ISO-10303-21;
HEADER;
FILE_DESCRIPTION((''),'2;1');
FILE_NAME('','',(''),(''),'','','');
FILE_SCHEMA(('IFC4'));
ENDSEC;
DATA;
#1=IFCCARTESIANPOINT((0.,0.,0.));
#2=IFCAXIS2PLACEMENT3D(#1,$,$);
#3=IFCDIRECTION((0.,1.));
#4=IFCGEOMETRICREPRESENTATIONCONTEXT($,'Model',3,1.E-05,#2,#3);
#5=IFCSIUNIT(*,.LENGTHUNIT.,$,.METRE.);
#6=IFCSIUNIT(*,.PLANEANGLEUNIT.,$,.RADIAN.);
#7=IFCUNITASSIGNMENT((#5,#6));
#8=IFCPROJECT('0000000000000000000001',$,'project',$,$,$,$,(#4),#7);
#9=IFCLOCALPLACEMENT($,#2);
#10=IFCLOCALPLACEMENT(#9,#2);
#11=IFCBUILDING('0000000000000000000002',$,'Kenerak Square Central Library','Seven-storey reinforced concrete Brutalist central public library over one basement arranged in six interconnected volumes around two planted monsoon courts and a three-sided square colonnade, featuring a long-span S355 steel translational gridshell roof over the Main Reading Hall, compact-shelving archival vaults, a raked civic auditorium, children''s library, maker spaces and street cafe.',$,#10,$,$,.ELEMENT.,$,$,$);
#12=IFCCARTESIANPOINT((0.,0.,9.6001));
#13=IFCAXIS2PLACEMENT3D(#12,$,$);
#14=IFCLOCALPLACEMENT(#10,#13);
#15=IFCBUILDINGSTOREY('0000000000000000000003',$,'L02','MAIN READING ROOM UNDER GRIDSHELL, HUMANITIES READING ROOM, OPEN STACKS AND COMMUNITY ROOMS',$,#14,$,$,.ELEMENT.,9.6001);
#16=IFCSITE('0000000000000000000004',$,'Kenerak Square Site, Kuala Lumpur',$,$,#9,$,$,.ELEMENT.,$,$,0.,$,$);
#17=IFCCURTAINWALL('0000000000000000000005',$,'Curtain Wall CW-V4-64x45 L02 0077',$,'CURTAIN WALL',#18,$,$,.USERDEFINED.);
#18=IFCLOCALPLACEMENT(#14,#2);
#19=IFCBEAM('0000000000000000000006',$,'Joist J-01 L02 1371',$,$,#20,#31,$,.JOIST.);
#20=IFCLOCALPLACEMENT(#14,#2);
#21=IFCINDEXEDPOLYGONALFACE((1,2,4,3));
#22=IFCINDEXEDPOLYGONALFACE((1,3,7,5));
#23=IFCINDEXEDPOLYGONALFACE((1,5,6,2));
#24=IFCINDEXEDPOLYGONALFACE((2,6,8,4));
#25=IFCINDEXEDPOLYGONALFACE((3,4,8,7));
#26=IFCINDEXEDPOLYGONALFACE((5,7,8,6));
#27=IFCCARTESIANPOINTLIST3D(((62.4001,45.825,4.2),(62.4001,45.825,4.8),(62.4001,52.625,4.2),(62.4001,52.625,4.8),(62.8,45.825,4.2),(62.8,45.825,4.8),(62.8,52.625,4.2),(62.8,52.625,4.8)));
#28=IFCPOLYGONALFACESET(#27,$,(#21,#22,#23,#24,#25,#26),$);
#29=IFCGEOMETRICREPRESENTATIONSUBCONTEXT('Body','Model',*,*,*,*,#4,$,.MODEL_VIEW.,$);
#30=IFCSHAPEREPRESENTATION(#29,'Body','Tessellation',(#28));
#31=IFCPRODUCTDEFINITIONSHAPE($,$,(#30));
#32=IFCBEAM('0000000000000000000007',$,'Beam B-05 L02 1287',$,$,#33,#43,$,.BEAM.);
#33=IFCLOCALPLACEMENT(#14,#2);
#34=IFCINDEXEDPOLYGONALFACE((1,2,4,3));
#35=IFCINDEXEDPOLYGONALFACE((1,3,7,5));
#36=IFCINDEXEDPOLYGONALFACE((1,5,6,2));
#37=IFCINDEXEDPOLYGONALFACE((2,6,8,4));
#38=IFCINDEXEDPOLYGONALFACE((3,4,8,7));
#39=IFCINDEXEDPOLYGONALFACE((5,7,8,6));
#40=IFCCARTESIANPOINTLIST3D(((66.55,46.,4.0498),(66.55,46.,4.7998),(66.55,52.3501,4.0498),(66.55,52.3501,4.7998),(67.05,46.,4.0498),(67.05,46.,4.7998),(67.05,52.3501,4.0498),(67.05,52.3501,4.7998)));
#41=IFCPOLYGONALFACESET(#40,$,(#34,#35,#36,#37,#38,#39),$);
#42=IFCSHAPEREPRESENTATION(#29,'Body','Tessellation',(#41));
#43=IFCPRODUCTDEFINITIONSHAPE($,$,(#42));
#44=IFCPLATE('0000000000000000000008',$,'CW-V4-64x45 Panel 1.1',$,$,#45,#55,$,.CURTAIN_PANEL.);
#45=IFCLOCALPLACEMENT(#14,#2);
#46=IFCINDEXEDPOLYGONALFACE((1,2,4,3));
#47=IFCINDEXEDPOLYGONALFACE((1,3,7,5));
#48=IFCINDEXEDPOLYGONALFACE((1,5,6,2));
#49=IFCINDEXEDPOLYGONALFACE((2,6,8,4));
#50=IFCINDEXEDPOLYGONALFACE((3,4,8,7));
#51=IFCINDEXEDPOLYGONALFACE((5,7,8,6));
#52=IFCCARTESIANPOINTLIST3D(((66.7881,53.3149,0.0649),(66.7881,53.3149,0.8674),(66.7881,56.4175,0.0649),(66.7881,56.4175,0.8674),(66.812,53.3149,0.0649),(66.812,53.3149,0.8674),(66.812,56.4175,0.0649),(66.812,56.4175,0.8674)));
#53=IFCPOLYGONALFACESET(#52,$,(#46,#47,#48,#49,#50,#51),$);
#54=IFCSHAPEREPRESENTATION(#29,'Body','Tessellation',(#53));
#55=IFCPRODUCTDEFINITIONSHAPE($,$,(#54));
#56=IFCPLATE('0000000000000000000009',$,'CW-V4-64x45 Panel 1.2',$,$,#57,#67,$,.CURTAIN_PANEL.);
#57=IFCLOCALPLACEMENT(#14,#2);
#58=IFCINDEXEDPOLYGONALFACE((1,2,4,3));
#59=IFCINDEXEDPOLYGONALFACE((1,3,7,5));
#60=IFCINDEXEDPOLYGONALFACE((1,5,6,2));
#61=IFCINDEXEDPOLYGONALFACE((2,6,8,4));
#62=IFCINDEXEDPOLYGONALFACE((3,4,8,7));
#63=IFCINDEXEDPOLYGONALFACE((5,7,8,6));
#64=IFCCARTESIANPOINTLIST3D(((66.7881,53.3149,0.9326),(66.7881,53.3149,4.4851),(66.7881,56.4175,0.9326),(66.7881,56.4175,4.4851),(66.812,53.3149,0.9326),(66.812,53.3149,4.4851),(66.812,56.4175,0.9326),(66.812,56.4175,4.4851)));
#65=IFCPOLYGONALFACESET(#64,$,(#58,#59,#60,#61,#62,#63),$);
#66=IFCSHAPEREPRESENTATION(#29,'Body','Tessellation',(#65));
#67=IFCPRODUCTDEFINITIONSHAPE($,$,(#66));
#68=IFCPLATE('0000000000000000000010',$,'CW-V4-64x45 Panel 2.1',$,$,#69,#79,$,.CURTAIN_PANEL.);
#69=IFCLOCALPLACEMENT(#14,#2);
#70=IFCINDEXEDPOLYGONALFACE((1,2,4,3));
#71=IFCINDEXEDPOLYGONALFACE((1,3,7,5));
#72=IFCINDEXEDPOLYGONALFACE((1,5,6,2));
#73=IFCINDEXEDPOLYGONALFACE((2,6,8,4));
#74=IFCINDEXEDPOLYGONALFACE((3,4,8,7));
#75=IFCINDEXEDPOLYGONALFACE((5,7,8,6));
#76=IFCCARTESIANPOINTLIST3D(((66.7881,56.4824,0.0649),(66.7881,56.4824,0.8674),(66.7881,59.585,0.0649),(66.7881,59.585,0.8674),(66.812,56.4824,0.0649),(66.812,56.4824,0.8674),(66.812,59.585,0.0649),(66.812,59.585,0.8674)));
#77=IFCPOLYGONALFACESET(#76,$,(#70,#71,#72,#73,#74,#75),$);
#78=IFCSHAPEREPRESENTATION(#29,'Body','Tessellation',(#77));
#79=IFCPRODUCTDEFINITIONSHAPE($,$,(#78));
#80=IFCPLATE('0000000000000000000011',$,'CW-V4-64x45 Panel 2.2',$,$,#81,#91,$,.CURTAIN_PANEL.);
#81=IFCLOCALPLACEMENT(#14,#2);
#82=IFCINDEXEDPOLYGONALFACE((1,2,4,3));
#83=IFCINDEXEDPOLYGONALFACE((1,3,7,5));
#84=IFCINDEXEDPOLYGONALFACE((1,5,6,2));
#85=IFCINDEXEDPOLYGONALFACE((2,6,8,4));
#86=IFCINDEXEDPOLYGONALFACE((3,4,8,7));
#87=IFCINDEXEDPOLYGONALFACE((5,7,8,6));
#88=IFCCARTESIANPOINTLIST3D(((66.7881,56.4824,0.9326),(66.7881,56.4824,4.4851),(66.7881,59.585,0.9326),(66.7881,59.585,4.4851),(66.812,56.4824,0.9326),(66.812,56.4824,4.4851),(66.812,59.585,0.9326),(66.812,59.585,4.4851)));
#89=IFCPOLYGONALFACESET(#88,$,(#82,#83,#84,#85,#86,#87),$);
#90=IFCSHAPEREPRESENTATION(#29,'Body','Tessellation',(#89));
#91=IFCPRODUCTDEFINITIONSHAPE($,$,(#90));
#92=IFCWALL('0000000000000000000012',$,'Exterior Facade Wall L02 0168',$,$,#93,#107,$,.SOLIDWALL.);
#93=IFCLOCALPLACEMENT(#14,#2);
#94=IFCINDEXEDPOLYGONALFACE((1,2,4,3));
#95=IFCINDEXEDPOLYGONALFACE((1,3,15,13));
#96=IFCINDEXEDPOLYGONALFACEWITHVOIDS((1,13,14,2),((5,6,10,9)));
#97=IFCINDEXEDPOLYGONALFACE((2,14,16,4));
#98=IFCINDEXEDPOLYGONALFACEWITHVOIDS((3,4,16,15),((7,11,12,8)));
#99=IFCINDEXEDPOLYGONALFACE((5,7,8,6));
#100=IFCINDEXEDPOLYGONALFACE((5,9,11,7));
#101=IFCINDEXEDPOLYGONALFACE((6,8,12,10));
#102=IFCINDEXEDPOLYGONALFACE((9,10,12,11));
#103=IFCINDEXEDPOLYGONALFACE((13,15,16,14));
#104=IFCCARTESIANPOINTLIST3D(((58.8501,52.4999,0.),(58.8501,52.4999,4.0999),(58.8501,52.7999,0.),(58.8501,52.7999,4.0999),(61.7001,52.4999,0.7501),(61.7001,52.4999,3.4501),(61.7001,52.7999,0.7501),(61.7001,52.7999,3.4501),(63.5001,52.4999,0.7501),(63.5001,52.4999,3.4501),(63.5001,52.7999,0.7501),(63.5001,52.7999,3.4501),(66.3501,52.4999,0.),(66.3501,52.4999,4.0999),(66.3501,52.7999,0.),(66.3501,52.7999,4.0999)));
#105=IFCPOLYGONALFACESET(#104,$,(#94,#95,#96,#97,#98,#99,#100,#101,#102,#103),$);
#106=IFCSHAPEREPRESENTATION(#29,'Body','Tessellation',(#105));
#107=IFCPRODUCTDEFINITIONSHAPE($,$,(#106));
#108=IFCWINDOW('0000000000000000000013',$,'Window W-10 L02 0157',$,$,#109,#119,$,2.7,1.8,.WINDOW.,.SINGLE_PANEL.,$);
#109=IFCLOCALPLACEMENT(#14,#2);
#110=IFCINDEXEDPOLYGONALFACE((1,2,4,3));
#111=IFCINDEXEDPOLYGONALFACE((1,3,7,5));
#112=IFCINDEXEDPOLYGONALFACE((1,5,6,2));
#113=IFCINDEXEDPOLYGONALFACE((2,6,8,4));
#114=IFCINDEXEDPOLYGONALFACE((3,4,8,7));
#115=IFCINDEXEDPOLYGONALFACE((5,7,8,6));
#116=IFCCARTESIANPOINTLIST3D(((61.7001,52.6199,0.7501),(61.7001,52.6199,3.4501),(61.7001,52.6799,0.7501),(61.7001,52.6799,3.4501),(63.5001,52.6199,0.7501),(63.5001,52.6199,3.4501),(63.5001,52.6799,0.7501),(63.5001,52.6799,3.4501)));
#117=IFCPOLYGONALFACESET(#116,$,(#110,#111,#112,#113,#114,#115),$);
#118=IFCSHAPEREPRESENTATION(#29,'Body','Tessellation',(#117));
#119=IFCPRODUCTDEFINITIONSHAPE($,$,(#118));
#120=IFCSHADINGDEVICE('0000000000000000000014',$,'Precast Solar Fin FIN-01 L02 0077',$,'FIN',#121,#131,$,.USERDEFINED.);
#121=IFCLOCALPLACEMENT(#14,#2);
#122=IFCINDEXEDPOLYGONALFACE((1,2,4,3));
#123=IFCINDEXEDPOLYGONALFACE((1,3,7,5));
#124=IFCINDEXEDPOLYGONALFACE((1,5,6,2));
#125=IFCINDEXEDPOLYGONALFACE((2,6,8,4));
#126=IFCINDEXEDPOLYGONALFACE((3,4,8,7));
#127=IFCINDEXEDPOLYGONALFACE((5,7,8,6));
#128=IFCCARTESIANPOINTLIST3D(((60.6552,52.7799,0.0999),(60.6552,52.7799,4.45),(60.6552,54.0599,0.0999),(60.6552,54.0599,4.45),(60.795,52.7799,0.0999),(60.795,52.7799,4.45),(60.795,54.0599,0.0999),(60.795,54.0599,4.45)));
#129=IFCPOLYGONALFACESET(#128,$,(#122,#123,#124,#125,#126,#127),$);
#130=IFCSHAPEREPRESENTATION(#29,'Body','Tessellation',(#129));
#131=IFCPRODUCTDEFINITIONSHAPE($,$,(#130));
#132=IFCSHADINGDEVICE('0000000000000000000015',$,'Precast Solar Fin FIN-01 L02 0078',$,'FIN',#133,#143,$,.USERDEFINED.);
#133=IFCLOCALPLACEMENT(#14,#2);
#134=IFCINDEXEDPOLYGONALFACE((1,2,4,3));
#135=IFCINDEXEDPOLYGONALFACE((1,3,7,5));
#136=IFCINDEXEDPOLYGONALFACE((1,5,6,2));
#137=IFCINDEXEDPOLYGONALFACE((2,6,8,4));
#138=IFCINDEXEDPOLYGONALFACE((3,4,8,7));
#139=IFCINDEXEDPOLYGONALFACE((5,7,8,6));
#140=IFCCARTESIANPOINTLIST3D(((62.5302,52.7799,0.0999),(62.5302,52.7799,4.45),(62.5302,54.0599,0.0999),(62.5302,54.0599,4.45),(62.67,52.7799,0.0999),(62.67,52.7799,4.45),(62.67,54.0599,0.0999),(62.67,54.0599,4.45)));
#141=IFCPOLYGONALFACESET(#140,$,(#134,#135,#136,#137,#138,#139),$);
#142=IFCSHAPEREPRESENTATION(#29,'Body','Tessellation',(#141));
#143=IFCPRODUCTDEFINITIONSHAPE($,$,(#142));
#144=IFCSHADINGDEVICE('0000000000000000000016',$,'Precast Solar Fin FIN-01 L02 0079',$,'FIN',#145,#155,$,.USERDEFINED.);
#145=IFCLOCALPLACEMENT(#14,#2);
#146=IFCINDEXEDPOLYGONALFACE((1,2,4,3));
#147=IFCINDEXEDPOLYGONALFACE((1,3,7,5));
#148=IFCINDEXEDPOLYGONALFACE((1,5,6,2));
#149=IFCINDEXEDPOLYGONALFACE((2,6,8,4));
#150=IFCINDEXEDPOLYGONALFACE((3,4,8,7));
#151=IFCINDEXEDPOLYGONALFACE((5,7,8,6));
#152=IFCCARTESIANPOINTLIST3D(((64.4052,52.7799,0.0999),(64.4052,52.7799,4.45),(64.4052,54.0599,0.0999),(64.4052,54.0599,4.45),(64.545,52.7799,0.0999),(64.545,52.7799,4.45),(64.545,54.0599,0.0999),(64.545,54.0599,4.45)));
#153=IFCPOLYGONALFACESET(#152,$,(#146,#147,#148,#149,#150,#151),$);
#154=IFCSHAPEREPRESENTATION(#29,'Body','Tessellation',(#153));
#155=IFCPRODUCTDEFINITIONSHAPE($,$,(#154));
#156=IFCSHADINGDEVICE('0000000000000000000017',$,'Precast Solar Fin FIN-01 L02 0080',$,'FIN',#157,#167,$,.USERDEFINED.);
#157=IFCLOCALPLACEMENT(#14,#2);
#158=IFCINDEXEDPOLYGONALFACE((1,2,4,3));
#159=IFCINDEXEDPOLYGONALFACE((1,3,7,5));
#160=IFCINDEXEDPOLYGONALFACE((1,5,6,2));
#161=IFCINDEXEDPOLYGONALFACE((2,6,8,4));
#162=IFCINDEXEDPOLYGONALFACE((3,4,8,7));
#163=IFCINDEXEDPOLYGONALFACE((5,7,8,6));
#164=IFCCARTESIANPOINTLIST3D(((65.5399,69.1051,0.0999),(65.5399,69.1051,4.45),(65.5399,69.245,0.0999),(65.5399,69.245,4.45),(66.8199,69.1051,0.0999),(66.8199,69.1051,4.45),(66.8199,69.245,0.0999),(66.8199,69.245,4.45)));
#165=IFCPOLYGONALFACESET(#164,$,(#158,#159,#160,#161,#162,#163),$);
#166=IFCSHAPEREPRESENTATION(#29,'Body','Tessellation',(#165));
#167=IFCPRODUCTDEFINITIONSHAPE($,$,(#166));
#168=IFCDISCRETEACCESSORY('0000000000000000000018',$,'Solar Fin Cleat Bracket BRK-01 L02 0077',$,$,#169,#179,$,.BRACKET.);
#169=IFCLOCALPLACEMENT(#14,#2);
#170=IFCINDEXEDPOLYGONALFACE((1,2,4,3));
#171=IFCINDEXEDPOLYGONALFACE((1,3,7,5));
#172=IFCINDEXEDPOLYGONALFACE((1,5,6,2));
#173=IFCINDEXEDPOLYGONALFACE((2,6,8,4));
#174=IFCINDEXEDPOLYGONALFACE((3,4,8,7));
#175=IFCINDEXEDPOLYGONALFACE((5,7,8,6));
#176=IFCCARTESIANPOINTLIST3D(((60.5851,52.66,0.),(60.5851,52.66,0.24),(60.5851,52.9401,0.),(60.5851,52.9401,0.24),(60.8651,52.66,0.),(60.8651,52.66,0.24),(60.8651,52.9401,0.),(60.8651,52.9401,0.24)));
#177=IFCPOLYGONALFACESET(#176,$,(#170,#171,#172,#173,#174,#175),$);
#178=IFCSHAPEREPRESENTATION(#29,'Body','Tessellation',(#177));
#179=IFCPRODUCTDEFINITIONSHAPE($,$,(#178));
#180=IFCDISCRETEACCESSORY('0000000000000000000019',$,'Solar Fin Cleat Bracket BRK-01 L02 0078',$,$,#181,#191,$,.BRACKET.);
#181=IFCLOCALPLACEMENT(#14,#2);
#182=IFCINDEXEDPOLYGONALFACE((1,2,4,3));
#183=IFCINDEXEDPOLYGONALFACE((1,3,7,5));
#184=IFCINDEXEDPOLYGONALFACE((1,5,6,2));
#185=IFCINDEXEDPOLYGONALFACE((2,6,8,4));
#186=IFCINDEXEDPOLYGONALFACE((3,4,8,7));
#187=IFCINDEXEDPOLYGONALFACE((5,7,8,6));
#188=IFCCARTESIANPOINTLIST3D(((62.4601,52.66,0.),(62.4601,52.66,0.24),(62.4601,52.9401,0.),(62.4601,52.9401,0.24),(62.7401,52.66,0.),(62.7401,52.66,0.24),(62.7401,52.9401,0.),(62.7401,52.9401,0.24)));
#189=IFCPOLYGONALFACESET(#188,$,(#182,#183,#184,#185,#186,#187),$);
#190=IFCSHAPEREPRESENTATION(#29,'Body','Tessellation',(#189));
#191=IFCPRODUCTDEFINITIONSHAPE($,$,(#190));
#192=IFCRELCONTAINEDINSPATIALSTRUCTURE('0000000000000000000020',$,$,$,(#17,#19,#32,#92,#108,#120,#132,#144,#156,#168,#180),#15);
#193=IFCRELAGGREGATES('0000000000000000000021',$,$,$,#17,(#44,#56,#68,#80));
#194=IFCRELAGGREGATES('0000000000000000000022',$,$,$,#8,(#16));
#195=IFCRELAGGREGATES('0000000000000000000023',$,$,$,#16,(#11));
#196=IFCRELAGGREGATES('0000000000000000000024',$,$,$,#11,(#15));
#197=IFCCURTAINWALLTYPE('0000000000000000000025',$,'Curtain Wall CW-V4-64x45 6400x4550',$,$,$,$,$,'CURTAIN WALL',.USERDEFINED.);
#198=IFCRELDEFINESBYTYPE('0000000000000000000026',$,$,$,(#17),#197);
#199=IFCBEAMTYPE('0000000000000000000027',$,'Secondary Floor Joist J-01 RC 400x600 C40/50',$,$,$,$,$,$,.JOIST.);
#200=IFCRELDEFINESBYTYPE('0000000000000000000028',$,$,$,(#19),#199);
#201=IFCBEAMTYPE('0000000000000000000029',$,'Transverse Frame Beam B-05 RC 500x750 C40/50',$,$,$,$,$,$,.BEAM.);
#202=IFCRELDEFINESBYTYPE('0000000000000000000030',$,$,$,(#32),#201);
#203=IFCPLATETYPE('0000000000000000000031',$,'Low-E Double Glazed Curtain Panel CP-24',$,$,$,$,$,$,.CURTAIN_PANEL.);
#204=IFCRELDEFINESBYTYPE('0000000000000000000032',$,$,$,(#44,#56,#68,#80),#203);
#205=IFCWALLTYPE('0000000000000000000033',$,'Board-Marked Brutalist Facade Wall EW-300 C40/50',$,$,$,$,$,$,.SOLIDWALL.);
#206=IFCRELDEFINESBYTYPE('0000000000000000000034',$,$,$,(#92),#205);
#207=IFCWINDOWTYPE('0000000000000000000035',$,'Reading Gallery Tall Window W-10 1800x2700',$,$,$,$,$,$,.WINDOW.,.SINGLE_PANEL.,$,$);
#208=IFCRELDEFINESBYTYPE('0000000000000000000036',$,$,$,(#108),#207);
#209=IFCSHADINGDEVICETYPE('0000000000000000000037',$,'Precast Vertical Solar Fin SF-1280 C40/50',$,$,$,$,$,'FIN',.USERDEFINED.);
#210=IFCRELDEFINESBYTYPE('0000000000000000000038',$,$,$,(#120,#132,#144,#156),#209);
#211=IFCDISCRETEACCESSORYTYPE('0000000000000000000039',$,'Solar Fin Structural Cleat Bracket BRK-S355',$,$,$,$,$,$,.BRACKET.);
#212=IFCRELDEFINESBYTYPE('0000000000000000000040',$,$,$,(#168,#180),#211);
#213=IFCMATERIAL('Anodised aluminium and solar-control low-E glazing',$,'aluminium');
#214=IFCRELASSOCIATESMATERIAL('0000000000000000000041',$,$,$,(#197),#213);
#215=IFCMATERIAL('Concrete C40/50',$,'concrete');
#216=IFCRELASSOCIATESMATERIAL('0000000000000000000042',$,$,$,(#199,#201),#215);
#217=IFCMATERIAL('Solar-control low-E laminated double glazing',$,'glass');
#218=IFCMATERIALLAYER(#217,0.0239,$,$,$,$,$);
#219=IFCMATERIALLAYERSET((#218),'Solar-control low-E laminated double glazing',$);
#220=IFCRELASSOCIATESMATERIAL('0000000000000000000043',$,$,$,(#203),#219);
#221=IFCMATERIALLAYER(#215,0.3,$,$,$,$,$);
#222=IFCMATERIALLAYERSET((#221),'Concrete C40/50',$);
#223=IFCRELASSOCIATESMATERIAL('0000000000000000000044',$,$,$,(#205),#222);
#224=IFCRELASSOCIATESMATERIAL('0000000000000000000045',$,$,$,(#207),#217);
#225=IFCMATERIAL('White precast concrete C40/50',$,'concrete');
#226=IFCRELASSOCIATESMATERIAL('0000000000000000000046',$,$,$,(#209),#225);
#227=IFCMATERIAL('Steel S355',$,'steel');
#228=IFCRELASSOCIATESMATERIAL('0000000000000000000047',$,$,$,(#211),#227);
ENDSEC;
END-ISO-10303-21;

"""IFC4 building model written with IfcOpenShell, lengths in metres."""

from ifc_helpers import new_model, si_unit, direction, frame, frame_2d, origin, origin_2d, place, context, subcontext, project, spatial, rectangle, extrude, material, layer, layer_set, material_profile, profile_set, type_object, element, fill, aggregate, save


model = new_model("IFC4")

# Units and contexts
model_context = context("Model", 3, precision=1e-05, world=origin(), true_north=direction((0.0, 1.0)))
body_context = subcontext(model_context, "Body", "Model", "MODEL_VIEW")
ifc_project = project(units=[si_unit("LENGTHUNIT", "METRE"), si_unit("PLANEANGLEUNIT", "RADIAN")], contexts=[model_context])

# Site, building, storey
site_placement = place(None, origin())
site = spatial("IfcSite", under=ifc_project, at=site_placement, Name="Kenerak Square Site, Kuala Lumpur", CompositionType="ELEMENT", RefElevation=0.0)
building_placement = place(site_placement, origin())
building = spatial("IfcBuilding", under=site, at=building_placement, Name="Kenerak Square Central Library", Description="Seven-storey reinforced concrete Brutalist central public library over one basement arranged in six interconnected volumes around two planted monsoon courts and a three-sided square colonnade, featuring a long-span S355 steel translational gridshell roof over the Main Reading Hall, compact-shelving archival vaults, a raked civic auditorium, children's library, maker spaces and street cafe.", CompositionType="ELEMENT")
storey_placement = place(building_placement, frame((0.0, 0.0, 9.6001)))
storey = spatial("IfcBuildingStorey", under=building, at=storey_placement, Name="L02", Description="MAIN READING ROOM UNDER GRIDSHELL, HUMANITIES READING ROOM, OPEN STACKS AND COMMUNITY ROOMS", CompositionType="ELEMENT", Elevation=9.6001)

# Shared definitions
ifc_material_1 = material(Name="Concrete C40/50", Category="concrete")

# Curtain wall
ifc_material_2 = material(Name="Anodised aluminium and solar-control low-E glazing", Category="aluminium")
curtain_wall_type = type_object("IfcCurtainWallType", Name="Curtain Wall CW-V4-64x45 6400x4550", ElementType="CURTAIN WALL", PredefinedType="USERDEFINED", material=ifc_material_2)
curtain_wall_placement = place(storey_placement, origin())
curtain_wall = element("IfcCurtainWall", 1, at=curtain_wall_placement, inside=storey, type_object=curtain_wall_type, Name="Curtain Wall CW-V4-64x45 L02 0077", ObjectType="CURTAIN WALL", PredefinedType="USERDEFINED")

# Beams
ifc_material_profile_1 = material_profile(ifc_material_1, rectangle(XDim=0.3999, YDim=0.6001, at=origin_2d()), Name="RC 400x600")
ifc_profile_set_1 = profile_set([ifc_material_profile_1], Name="Concrete C40/50")
beam_type_1 = type_object("IfcBeamType", Name="Secondary Floor Joist J-01 RC 400x600 C40/50", PredefinedType="JOIST", material=ifc_profile_set_1)
beam_1_placement = place(storey_placement, frame((62.6001, 45.825, 4.5), z_axis=(0.0, 1.0, 0.0), x_axis=(-1.0, 0.0, 0.0)))
element("IfcBeam", 2, at=beam_1_placement, inside=storey, type_object=beam_type_1, Name="Joist J-01 L02 1371", PredefinedType="JOIST", context=body_context, shape_type="SweptSolid", body=[
    extrude(rectangle(XDim=0.3999, YDim=0.6001, at=origin_2d()), origin(), (0.0, 0.0, 1.0), 6.8),
])
ifc_material_profile_2 = material_profile(ifc_material_1, rectangle(XDim=0.5, YDim=0.75, at=origin_2d()), Name="RC 500x750")
ifc_profile_set_2 = profile_set([ifc_material_profile_2], Name="Concrete C40/50")
beam_type_2 = type_object("IfcBeamType", Name="Transverse Frame Beam B-05 RC 500x750 C40/50", PredefinedType="BEAM", material=ifc_profile_set_2)
beam_2_placement = place(storey_placement, frame((66.8, 46.0, 4.4248), z_axis=(0.0, 1.0, 0.0), x_axis=(-1.0, 0.0, 0.0)))
element("IfcBeam", 3, at=beam_2_placement, inside=storey, type_object=beam_type_2, Name="Beam B-05 L02 1287", PredefinedType="BEAM", context=body_context, shape_type="SweptSolid", body=[
    extrude(rectangle(XDim=0.5, YDim=0.75, at=origin_2d()), origin(), (0.0, 0.0, 1.0), 6.3501),
])

# Plates
ifc_material_3 = material(Name="Solar-control low-E laminated double glazing", Category="glass")
ifc_layer_1 = layer(ifc_material_3, 0.0239)
ifc_layer_set_1 = layer_set([ifc_layer_1], Name="Solar-control low-E laminated double glazing")
plate_type = type_object("IfcPlateType", Name="Low-E Double Glazed Curtain Panel CP-24", PredefinedType="CURTAIN_PANEL", material=ifc_layer_set_1)
plate_1_placement = place(storey_placement, frame((66.8, 54.8662, 0.0649), z_axis=(0.0, 0.0, 1.0), x_axis=(0.0, 1.0, 0.0)))
plate_1 = element("IfcPlate", 4, at=plate_1_placement, type_object=plate_type, Name="CW-V4-64x45 Panel 1.1", PredefinedType="CURTAIN_PANEL", context=body_context, shape_type="SweptSolid", body=[
    extrude(rectangle(XDim=3.1025, YDim=0.0239, at=origin_2d()), origin(), (0.0, 0.0, 1.0), 0.8025),
])
plate_2_placement = place(storey_placement, frame((66.8, 54.8662, 0.9326), z_axis=(0.0, 0.0, 1.0), x_axis=(0.0, 1.0, 0.0)))
plate_2 = element("IfcPlate", 5, at=plate_2_placement, type_object=plate_type, Name="CW-V4-64x45 Panel 1.2", PredefinedType="CURTAIN_PANEL", context=body_context, shape_type="SweptSolid", body=[
    extrude(rectangle(XDim=3.1025, YDim=0.0239, at=origin_2d()), origin(), (0.0, 0.0, 1.0), 3.5525),
])
plate_3_placement = place(storey_placement, frame((66.8, 58.0337, 0.0649), z_axis=(0.0, 0.0, 1.0), x_axis=(0.0, 1.0, 0.0)))
plate_3 = element("IfcPlate", 6, at=plate_3_placement, type_object=plate_type, Name="CW-V4-64x45 Panel 2.1", PredefinedType="CURTAIN_PANEL", context=body_context, shape_type="SweptSolid", body=[
    extrude(rectangle(XDim=3.1025, YDim=0.0239, at=origin_2d()), origin(), (0.0, 0.0, 1.0), 0.8025),
])
plate_4_placement = place(storey_placement, frame((66.8, 58.0337, 0.9326), z_axis=(0.0, 0.0, 1.0), x_axis=(0.0, 1.0, 0.0)))
plate_4 = element("IfcPlate", 7, at=plate_4_placement, type_object=plate_type, Name="CW-V4-64x45 Panel 2.2", PredefinedType="CURTAIN_PANEL", context=body_context, shape_type="SweptSolid", body=[
    extrude(rectangle(XDim=3.1025, YDim=0.0239, at=origin_2d()), origin(), (0.0, 0.0, 1.0), 3.5525),
])
aggregate(curtain_wall, [plate_1, plate_2, plate_3, plate_4])

# Wall, opening, window
ifc_layer_2 = layer(ifc_material_1, 0.3)
ifc_layer_set_2 = layer_set([ifc_layer_2], Name="Concrete C40/50")
wall_type = type_object("IfcWallType", Name="Board-Marked Brutalist Facade Wall EW-300 C40/50", PredefinedType="SOLIDWALL", material=ifc_layer_set_2)
wall_placement = place(storey_placement, frame((58.8501, 52.6499, 0.0), z_axis=(0.0, 0.0, 1.0), x_axis=(1.0, 0.0, 0.0)))
wall = element("IfcWall", 8, at=wall_placement, inside=storey, type_object=wall_type, Name="Exterior Facade Wall L02 0168", PredefinedType="SOLIDWALL", context=body_context, shape_type="SweptSolid", body=[
    extrude(rectangle(XDim=7.5, YDim=0.3, at=frame_2d((3.75, 0.0))), origin(), (0.0, 0.0, 1.0), 4.0999),
])
opening_placement = place(wall_placement, frame((2.8501, 0.0, 0.75)))
opening = element("IfcOpeningElement", 9, at=opening_placement, cuts=wall, PredefinedType="OPENING", context=body_context, shape_type="SweptSolid", body=[
    extrude(rectangle(XDim=1.8, YDim=2.7, at=frame_2d((0.8999, 1.3501))), frame((0.0, 0.1599, 0.0), z_axis=(0.0, -1.0, 0.0), x_axis=(1.0, 0.0, 0.0)), (0.0, 0.0, 1.0), 0.3201),
])
window_type = type_object("IfcWindowType", Name="Reading Gallery Tall Window W-10 1800x2700", PartitioningType="SINGLE_PANEL", PredefinedType="WINDOW", material=ifc_material_3)
window_placement = place(opening_placement, origin())
window = element("IfcWindow", 10, at=window_placement, inside=storey, type_object=window_type, Name="Window W-10 L02 0157", OverallHeight=2.7, OverallWidth=1.8, PartitioningType="SINGLE_PANEL", PredefinedType="WINDOW", context=body_context, shape_type="SweptSolid", body=[
    extrude(rectangle(XDim=1.8, YDim=2.7, at=frame_2d((0.8999, 1.3501))), frame((0.0, 0.03, 0.0), z_axis=(0.0, -1.0, 0.0), x_axis=(1.0, 0.0, 0.0)), (0.0, 0.0, 1.0), 0.0601),
])
fill(opening, window)

# Shading devices
ifc_material_4 = material(Name="White precast concrete C40/50", Category="concrete")
shading_device_type = type_object("IfcShadingDeviceType", Name="Precast Vertical Solar Fin SF-1280 C40/50", ElementType="FIN", PredefinedType="USERDEFINED", material=ifc_material_4)
for number, where, z_axis, x_axis, name in (
    (11, (60.7251, 53.4199, 0.0999), (0.0, 0.0, 1.0), (1.0, 0.0, 0.0), "Precast Solar Fin FIN-01 L02 0077"),
    (12, (62.6001, 53.4199, 0.0999), (0.0, 0.0, 1.0), (1.0, 0.0, 0.0), "Precast Solar Fin FIN-01 L02 0078"),
    (13, (64.4751, 53.4199, 0.0999), (0.0, 0.0, 1.0), (1.0, 0.0, 0.0), "Precast Solar Fin FIN-01 L02 0079"),
    (14, (66.1799, 69.175, 0.0999), (0.0, 0.0, 1.0), (0.0, 1.0, 0.0), "Precast Solar Fin FIN-01 L02 0080"),
):
    element("IfcShadingDevice", number, at=place(storey_placement, frame(where, z_axis=z_axis, x_axis=x_axis)), inside=storey, type_object=shading_device_type, Name=name, ObjectType="FIN", PredefinedType="USERDEFINED", context=body_context, shape_type="SweptSolid", body=[
        extrude(rectangle(XDim=0.1399, YDim=1.28, at=origin_2d()), origin(), (0.0, 0.0, 1.0), 4.3501),
    ])

# Discrete accessories
ifc_material_5 = material(Name="Steel S355", Category="steel")
discrete_accessory_type = type_object("IfcDiscreteAccessoryType", Name="Solar Fin Structural Cleat Bracket BRK-S355", PredefinedType="BRACKET", material=ifc_material_5)
for number, where, z_axis, x_axis, name in (
    (15, (60.7251, 52.8, 0.0), (0.0, 0.0, 1.0), (1.0, 0.0, 0.0), "Solar Fin Cleat Bracket BRK-01 L02 0077"),
    (16, (62.6001, 52.8, 0.0), (0.0, 0.0, 1.0), (1.0, 0.0, 0.0), "Solar Fin Cleat Bracket BRK-01 L02 0078"),
):
    element("IfcDiscreteAccessory", number, at=place(storey_placement, frame(where, z_axis=z_axis, x_axis=x_axis)), inside=storey, type_object=discrete_accessory_type, Name=name, PredefinedType="BRACKET", context=body_context, shape_type="SweptSolid", body=[
        extrude(rectangle(XDim=0.28, YDim=0.28, at=origin_2d()), origin(), (0.0, 0.0, 1.0), 0.24),
    ])

save(model, "model.ifc")
